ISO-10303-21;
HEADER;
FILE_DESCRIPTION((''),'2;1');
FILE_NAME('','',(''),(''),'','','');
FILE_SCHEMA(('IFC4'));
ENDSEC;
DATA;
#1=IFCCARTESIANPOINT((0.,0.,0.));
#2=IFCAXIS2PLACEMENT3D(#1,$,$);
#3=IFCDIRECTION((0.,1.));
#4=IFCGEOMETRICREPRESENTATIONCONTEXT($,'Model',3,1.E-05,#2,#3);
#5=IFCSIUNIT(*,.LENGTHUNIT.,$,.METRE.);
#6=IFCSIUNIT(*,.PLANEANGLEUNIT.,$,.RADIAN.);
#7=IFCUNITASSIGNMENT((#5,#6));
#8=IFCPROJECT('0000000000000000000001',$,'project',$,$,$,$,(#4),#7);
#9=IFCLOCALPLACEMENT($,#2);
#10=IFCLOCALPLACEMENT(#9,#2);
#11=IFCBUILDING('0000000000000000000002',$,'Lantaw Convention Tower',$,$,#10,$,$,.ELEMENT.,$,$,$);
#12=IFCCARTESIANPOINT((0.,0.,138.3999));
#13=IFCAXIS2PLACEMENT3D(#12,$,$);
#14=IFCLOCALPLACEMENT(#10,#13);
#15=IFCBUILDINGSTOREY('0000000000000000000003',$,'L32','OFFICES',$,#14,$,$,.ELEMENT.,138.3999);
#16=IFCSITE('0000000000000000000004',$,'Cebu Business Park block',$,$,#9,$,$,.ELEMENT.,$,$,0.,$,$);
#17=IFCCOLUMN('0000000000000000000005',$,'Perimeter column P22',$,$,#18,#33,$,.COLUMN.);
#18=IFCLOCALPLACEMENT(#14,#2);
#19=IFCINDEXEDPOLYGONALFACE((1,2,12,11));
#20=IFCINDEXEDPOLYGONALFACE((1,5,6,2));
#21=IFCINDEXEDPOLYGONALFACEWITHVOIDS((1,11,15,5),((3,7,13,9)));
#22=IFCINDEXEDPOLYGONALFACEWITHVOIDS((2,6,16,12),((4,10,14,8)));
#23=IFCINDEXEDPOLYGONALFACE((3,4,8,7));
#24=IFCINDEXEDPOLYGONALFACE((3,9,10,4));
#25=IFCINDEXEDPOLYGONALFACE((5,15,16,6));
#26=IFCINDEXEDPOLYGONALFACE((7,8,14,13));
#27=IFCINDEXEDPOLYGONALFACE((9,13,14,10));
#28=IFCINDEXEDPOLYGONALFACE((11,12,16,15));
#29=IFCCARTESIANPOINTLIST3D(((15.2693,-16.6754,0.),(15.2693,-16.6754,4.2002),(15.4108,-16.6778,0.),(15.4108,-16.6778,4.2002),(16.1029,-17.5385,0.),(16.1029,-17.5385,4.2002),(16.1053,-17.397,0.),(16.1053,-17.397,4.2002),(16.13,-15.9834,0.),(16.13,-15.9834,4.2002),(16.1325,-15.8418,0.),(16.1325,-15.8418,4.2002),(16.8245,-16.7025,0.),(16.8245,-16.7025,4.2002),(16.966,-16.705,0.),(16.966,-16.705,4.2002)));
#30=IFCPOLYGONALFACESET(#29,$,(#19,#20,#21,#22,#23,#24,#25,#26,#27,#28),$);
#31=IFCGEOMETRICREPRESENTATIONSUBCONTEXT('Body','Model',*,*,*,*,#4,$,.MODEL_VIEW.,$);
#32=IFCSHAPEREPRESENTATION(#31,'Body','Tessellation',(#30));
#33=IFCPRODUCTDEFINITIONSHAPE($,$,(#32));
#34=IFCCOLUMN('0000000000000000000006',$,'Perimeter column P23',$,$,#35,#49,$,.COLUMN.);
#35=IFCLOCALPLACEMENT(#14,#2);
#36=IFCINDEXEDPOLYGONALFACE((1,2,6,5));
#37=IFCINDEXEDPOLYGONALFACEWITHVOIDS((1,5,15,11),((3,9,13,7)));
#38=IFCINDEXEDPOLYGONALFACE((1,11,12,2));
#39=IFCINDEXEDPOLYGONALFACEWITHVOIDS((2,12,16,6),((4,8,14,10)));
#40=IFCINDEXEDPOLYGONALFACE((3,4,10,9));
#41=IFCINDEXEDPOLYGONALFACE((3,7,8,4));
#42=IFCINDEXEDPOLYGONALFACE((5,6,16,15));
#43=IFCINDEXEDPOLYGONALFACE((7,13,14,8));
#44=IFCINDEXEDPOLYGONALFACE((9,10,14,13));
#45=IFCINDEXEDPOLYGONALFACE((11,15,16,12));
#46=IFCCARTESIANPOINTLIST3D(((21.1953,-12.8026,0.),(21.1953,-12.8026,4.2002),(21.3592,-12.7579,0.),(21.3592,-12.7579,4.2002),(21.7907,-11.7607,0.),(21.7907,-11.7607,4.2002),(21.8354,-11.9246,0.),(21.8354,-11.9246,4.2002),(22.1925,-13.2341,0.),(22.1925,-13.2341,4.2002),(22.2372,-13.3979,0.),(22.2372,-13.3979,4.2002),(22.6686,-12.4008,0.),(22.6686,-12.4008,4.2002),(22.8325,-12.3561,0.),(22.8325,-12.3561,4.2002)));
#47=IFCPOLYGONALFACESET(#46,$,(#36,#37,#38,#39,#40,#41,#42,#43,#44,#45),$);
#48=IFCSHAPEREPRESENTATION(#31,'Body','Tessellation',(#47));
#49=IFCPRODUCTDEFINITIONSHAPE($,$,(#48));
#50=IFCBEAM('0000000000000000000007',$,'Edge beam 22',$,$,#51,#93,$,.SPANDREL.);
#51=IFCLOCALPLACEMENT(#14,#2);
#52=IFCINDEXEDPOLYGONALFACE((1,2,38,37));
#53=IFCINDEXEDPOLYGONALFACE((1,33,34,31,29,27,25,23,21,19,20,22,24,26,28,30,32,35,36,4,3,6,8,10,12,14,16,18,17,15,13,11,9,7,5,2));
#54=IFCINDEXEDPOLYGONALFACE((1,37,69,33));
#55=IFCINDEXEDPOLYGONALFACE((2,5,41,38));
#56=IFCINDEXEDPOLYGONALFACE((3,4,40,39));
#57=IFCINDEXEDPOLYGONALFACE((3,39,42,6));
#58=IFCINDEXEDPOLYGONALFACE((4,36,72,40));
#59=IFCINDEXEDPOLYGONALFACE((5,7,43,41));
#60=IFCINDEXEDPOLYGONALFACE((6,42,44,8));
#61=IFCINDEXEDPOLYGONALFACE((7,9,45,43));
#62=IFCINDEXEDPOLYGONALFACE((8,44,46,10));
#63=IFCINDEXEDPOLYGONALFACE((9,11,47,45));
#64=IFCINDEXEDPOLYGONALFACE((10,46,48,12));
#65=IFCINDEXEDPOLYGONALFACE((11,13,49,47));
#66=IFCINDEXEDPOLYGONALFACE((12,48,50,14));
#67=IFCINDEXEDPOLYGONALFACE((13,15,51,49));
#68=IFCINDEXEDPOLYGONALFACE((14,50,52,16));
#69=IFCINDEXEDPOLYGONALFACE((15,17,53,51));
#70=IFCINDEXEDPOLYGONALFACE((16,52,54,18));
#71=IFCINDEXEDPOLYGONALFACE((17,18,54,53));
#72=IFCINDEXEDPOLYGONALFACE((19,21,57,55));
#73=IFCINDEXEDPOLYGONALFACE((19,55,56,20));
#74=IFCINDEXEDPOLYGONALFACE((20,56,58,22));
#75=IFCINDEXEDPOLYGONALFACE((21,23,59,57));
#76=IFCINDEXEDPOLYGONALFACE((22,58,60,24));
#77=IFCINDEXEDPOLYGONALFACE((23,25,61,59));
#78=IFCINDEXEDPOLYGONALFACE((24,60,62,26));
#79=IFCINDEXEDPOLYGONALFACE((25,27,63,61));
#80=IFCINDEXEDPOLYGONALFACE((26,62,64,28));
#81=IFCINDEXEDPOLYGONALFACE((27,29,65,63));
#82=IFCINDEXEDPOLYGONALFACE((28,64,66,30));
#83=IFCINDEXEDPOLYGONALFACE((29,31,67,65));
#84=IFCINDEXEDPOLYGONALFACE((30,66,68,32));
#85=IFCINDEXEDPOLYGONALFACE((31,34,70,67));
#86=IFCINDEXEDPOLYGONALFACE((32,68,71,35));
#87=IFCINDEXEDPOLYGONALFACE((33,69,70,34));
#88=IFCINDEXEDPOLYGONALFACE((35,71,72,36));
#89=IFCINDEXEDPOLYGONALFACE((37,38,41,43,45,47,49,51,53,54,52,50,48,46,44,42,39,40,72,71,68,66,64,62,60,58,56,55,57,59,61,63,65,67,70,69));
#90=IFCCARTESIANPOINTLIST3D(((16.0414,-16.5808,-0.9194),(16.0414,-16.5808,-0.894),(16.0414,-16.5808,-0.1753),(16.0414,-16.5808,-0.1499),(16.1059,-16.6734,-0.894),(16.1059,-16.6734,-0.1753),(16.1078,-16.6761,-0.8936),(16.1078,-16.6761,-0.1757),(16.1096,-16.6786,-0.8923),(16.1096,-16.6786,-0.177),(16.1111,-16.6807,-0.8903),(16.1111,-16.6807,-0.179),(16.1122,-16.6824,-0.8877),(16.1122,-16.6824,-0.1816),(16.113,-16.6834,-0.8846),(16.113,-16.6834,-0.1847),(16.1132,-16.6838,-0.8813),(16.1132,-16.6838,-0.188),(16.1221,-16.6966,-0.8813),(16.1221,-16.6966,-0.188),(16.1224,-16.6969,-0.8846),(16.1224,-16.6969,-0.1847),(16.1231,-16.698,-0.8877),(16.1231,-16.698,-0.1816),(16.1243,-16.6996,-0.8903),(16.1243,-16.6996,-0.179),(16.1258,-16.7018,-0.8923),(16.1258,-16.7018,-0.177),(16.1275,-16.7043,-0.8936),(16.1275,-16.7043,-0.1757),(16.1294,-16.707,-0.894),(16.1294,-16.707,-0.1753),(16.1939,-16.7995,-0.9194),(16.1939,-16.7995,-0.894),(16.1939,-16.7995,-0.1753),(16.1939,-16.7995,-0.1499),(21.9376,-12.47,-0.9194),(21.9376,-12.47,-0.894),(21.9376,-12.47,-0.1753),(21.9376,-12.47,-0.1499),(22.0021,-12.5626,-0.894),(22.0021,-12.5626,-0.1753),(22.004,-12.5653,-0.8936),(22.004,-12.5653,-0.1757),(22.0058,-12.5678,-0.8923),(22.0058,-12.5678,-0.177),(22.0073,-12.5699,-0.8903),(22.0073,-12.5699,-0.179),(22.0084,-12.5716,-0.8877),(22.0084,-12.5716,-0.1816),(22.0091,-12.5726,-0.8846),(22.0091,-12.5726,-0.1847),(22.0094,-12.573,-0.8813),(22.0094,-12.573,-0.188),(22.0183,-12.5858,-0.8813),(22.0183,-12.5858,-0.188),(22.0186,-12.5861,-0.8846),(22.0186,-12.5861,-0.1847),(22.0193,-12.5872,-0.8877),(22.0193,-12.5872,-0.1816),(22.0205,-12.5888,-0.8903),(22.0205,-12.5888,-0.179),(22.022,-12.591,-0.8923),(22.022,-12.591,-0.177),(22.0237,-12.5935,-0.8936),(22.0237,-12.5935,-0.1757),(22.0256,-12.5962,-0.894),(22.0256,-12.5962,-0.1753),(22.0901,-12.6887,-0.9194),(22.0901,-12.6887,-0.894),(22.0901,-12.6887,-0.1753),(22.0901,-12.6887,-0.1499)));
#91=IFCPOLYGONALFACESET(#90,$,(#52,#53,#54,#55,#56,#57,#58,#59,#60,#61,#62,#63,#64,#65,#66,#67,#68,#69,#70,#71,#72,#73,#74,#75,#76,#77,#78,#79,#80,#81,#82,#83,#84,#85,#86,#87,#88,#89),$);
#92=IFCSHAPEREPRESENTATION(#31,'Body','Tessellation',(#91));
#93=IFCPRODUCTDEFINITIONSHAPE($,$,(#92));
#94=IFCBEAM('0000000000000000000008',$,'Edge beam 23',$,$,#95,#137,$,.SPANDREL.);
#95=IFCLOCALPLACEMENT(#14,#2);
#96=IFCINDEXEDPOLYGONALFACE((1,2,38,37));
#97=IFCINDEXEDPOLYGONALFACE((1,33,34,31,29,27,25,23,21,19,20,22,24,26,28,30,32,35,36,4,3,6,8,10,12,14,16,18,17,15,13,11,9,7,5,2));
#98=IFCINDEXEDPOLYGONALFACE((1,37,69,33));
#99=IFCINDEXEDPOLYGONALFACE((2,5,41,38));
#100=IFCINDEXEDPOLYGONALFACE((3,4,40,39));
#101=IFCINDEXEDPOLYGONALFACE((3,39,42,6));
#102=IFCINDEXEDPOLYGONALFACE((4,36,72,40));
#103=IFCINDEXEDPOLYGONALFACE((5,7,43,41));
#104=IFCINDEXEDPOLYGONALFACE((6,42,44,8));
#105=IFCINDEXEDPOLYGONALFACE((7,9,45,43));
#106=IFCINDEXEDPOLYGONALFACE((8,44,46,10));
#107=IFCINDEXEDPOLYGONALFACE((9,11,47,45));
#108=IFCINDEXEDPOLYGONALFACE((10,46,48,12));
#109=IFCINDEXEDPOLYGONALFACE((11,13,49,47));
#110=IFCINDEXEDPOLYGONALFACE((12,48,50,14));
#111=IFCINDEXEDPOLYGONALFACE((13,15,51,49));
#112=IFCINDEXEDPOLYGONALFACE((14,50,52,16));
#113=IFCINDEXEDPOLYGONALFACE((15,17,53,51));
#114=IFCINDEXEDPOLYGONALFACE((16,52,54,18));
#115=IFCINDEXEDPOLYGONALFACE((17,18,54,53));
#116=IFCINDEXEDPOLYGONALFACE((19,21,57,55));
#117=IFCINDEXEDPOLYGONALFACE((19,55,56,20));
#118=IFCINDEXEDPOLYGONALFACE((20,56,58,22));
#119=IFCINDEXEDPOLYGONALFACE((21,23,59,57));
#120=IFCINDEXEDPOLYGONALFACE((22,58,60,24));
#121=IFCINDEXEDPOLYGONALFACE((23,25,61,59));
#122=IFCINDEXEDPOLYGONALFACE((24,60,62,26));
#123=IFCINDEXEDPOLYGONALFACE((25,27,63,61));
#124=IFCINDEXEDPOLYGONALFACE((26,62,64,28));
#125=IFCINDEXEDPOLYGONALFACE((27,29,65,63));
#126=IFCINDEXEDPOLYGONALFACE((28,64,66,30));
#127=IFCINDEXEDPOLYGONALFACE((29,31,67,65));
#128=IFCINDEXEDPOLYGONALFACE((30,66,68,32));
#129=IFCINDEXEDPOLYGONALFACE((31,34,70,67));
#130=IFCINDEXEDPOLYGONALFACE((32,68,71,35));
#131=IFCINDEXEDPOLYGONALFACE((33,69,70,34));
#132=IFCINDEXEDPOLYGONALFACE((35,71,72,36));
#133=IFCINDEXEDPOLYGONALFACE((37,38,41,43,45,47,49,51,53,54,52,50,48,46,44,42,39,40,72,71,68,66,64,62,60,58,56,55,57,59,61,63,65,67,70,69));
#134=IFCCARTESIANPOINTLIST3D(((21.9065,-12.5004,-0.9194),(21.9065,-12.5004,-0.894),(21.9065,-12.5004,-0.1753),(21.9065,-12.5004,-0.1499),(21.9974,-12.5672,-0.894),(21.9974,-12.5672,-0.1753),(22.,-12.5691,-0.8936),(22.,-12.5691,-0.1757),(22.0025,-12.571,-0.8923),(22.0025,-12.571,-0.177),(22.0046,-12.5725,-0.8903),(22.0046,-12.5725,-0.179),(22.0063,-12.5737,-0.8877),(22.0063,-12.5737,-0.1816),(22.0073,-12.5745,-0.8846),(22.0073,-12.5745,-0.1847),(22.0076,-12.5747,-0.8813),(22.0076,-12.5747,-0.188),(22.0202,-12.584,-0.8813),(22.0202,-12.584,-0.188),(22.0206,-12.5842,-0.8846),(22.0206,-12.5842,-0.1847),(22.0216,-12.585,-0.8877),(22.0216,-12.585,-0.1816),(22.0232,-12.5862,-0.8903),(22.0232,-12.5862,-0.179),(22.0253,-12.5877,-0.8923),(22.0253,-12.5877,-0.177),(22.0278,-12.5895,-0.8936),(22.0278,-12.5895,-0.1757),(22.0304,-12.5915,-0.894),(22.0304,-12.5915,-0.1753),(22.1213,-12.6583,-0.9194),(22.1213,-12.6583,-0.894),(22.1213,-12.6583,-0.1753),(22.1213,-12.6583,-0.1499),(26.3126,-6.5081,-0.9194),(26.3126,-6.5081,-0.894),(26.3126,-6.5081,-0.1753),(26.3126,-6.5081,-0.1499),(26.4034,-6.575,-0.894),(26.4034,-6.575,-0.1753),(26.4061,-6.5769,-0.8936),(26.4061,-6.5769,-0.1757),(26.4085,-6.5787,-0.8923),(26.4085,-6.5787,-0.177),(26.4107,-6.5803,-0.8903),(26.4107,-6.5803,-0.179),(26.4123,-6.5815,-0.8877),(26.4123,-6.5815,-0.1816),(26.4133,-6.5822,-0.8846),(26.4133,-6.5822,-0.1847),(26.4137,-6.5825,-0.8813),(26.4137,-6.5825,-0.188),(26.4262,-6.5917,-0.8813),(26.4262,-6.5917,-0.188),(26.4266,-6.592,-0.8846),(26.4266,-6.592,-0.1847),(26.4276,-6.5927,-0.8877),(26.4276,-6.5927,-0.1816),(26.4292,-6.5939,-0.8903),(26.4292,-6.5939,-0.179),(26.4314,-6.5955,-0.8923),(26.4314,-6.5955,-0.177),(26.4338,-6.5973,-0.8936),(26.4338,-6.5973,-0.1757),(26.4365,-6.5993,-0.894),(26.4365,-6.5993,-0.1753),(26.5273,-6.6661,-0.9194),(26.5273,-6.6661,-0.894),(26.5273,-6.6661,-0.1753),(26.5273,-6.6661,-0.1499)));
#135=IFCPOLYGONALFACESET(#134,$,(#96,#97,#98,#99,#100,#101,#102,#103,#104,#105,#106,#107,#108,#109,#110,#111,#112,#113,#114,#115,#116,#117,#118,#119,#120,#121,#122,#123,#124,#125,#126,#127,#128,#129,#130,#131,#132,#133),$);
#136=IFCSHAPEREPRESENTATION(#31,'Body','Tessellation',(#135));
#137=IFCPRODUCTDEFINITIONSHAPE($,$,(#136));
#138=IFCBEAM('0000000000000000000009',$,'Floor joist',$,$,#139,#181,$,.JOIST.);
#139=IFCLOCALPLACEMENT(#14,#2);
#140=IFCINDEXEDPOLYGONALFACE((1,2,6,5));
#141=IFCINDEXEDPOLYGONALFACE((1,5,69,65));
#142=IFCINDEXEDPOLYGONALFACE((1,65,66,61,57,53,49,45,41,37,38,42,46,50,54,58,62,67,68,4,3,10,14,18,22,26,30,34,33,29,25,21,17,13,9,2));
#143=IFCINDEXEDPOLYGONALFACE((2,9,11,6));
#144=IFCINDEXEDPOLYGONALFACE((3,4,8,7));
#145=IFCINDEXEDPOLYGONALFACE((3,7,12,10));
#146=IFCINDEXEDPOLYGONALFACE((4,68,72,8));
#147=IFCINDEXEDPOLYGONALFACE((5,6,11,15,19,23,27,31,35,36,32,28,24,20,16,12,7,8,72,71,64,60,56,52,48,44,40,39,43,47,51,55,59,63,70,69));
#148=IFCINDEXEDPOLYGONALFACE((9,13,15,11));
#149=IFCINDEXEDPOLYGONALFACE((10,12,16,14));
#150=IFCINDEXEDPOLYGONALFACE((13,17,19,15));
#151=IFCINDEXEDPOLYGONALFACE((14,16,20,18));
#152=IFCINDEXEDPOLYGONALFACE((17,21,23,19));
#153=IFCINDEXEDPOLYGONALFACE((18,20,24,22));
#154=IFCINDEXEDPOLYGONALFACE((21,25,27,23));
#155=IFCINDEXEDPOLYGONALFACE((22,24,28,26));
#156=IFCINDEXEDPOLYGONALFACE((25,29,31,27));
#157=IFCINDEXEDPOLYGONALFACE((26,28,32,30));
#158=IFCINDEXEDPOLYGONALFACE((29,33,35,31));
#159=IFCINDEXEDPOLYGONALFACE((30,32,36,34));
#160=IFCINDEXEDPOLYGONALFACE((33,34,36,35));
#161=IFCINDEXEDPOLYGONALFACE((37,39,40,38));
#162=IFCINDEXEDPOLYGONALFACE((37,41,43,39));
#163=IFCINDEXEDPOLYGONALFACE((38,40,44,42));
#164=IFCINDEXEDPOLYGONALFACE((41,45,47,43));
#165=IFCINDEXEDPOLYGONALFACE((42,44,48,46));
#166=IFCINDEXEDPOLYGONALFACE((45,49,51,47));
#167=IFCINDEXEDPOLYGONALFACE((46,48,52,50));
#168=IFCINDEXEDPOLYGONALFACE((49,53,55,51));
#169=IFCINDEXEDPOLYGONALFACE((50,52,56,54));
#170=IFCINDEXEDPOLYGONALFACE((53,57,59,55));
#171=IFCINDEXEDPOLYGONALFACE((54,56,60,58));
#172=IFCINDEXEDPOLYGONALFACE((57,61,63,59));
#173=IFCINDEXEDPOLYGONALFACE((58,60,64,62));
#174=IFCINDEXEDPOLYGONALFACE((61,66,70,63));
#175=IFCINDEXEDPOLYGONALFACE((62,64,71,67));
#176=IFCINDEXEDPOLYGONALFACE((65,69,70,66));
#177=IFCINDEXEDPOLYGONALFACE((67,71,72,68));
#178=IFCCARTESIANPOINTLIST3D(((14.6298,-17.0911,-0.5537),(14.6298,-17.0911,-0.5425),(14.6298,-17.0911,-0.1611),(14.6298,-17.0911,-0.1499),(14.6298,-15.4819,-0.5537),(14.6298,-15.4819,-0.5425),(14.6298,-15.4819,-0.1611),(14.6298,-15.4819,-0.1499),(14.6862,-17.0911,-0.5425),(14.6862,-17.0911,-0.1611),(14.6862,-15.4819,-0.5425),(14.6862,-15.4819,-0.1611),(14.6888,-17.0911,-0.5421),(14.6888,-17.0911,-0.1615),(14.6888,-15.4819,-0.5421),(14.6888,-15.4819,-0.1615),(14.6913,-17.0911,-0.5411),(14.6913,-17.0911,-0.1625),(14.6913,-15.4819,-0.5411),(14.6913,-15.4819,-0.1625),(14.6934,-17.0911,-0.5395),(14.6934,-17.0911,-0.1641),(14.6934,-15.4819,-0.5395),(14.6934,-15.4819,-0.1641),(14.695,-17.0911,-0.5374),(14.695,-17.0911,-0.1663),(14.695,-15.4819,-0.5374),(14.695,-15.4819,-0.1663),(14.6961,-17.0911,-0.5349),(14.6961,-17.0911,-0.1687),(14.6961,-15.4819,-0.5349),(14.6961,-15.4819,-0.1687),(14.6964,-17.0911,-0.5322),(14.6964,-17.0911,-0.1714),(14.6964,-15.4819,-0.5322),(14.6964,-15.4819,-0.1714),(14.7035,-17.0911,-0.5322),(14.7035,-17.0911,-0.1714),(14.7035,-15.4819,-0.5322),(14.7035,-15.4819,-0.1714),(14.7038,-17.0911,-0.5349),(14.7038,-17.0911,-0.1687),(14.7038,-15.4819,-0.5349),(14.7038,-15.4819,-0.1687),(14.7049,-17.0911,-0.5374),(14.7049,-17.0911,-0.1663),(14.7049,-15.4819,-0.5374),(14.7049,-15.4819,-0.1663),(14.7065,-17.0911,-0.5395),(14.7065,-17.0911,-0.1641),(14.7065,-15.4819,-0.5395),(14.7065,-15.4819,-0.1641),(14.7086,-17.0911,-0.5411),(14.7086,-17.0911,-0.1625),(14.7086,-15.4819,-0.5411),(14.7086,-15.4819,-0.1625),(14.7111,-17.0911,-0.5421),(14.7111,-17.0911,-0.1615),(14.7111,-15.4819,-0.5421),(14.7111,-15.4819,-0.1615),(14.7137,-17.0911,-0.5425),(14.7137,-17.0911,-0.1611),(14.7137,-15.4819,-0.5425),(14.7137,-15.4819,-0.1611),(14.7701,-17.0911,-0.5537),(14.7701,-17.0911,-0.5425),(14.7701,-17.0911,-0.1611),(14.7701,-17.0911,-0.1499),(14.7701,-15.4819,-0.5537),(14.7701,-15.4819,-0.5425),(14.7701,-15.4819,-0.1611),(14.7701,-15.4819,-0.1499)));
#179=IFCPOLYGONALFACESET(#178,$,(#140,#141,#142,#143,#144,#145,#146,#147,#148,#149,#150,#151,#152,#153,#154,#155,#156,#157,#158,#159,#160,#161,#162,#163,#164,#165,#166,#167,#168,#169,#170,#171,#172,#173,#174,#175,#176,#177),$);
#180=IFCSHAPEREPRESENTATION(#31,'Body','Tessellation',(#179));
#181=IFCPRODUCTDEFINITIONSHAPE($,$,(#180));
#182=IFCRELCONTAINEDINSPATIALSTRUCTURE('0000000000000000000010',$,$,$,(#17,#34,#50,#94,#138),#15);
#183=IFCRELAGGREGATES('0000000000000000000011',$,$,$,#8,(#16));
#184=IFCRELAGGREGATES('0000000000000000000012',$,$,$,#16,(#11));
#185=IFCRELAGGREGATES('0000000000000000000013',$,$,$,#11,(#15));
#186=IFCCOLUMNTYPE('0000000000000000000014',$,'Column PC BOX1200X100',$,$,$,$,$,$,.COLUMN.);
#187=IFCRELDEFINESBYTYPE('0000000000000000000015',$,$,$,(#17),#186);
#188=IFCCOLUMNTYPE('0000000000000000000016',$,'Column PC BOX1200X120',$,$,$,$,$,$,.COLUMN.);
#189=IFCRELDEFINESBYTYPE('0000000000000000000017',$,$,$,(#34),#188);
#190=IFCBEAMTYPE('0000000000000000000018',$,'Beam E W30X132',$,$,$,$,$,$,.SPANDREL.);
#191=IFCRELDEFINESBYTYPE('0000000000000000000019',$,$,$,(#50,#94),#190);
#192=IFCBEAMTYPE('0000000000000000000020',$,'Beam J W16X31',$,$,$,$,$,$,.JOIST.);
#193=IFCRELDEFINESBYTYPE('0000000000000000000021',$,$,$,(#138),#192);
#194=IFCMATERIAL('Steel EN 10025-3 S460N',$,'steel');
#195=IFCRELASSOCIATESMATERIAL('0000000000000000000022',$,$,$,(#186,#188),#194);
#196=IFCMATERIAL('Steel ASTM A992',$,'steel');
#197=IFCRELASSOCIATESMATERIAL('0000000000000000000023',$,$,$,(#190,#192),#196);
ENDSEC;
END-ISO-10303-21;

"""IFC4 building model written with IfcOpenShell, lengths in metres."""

from ifc_helpers import new_model, si_unit, direction, frame, origin, origin_2d, place, context, subcontext, project, spatial, rectangle, hollow_rectangle, i_section, extrude, material, material_profile, profile_set, type_object, element, save


model = new_model("IFC4")

# Units and contexts
model_context = context("Model", 3, precision=1e-05, world=origin(), true_north=direction((0.0, 1.0)))
body_context = subcontext(model_context, "Body", "Model", "MODEL_VIEW")
ifc_project = project(units=[si_unit("LENGTHUNIT", "METRE"), si_unit("PLANEANGLEUNIT", "RADIAN")], contexts=[model_context])

# Site, building, storey
site_placement = place(None, origin())
site = spatial("IfcSite", under=ifc_project, at=site_placement, Name="Cebu Business Park block", CompositionType="ELEMENT", RefElevation=0.0)
building_placement = place(site_placement, origin())
building = spatial("IfcBuilding", under=site, at=building_placement, Name="Lantaw Convention Tower", CompositionType="ELEMENT")
storey_placement = place(building_placement, frame((0.0, 0.0, 138.3999)))
storey = spatial("IfcBuildingStorey", under=building, at=storey_placement, Name="L32", Description="OFFICES", CompositionType="ELEMENT", Elevation=138.3999)

# Columns
ifc_material_1 = material(Name="Steel EN 10025-3 S460N", Category="steel")
ifc_material_profile_1 = material_profile(ifc_material_1, hollow_rectangle(XDim=1.2, YDim=1.2, WallThickness=0.1001, at=origin_2d()), Name="BOX1200X100")
ifc_material_2 = material(Name="Concrete C60/75", Category="concrete")
ifc_material_profile_2 = material_profile(ifc_material_2, rectangle(XDim=1.0, YDim=1.0, at=origin_2d()), Name="Concrete fill of BOX1200X100")
ifc_profile_set_1 = profile_set([ifc_material_profile_1, ifc_material_profile_2], Name="Steel EN 10025-3 S460N")
column_type_1 = type_object("IfcColumnType", Name="Column PC BOX1200X100", PredefinedType="COLUMN", material=ifc_profile_set_1)
column_1_placement = place(storey_placement, frame((16.1177, -16.6902, 0.0), z_axis=(0.0, 0.0, 1.0), x_axis=(0.71934, 0.694658, 0.0)))
element("IfcColumn", 1, at=column_1_placement, inside=storey, type_object=column_type_1, Name="Perimeter column P22", PredefinedType="COLUMN", context=body_context, shape_type="SweptSolid", body=[
    extrude(hollow_rectangle(XDim=1.2, YDim=1.2, WallThickness=0.1001, at=origin_2d()), origin(), (0.0, 0.0, 1.0), 4.2002),
])
ifc_material_profile_3 = material_profile(ifc_material_1, hollow_rectangle(XDim=1.2, YDim=1.2, WallThickness=0.1201, at=origin_2d()), Name="BOX1200X120")
ifc_material_profile_4 = material_profile(ifc_material_2, rectangle(XDim=0.96, YDim=0.96, at=origin_2d()), Name="Concrete fill of BOX1200X120")
ifc_profile_set_2 = profile_set([ifc_material_profile_3, ifc_material_profile_4], Name="Steel EN 10025-3 S460N")
column_type_2 = type_object("IfcColumnType", Name="Column PC BOX1200X120", PredefinedType="COLUMN", material=ifc_profile_set_2)
column_2_placement = place(storey_placement, frame((22.0139, -12.5793, 0.0), z_axis=(0.0, 0.0, 1.0), x_axis=(0.496139, 0.868243, 0.0)))
element("IfcColumn", 2, at=column_2_placement, inside=storey, type_object=column_type_2, Name="Perimeter column P23", PredefinedType="COLUMN", context=body_context, shape_type="SweptSolid", body=[
    extrude(hollow_rectangle(XDim=1.2, YDim=1.2, WallThickness=0.1201, at=origin_2d()), origin(), (0.0, 0.0, 1.0), 4.2002),
])

# Beams
ifc_material_3 = material(Name="Steel ASTM A992", Category="steel")
ifc_material_profile_5 = material_profile(ifc_material_3, i_section(OverallWidth=0.2666, OverallDepth=0.7695, WebThickness=0.0156, FlangeThickness=0.0254, FilletRadius=0.0127, at=origin_2d()), Name="W30X132")
ifc_profile_set_3 = profile_set([ifc_material_profile_5], Name="Steel ASTM A992")
beam_type_1 = type_object("IfcBeamType", Name="Beam E W30X132", PredefinedType="SPANDREL", material=ifc_profile_set_3)
beam_1_placement = place(storey_placement, frame((16.1177, -16.6902, -0.5347), z_axis=(0.820311, 0.571918, 0.0), x_axis=(-0.571918, 0.820311, 0.0)))
element("IfcBeam", 3, at=beam_1_placement, inside=storey, type_object=beam_type_1, Name="Edge beam 22", PredefinedType="SPANDREL", context=body_context, shape_type="SweptSolid", body=[
    extrude(i_section(OverallWidth=0.2666, OverallDepth=0.7695, WebThickness=0.0156, FlangeThickness=0.0254, FilletRadius=0.0127, at=origin_2d()), origin(), (0.0, 0.0, 1.0), 7.1877),
])
beam_2_placement = place(storey_placement, frame((22.0139, -12.5793, -0.5347), z_axis=(0.592389, 0.805652, 0.0), x_axis=(-0.805652, 0.592389, 0.0)))
element("IfcBeam", 4, at=beam_2_placement, inside=storey, type_object=beam_type_1, Name="Edge beam 23", PredefinedType="SPANDREL", context=body_context, shape_type="SweptSolid", body=[
    extrude(i_section(OverallWidth=0.2666, OverallDepth=0.7695, WebThickness=0.0156, FlangeThickness=0.0254, FilletRadius=0.0127, at=origin_2d()), origin(), (0.0, 0.0, 1.0), 7.4377),
])
ifc_material_profile_6 = material_profile(ifc_material_3, i_section(OverallWidth=0.1404, OverallDepth=0.4038, WebThickness=0.0071, FlangeThickness=0.0112, FilletRadius=0.0103, at=origin_2d()), Name="W16X31")
ifc_profile_set_4 = profile_set([ifc_material_profile_6], Name="Steel ASTM A992")
beam_type_2 = type_object("IfcBeamType", Name="Beam J W16X31", PredefinedType="JOIST", material=ifc_profile_set_4)
beam_3_placement = place(storey_placement, frame((14.7, -17.0911, -0.3518), z_axis=(0.0, 1.0, 0.0), x_axis=(-1.0, 0.0, 0.0)))
element("IfcBeam", 5, at=beam_3_placement, inside=storey, type_object=beam_type_2, Name="Floor joist", PredefinedType="JOIST", context=body_context, shape_type="SweptSolid", body=[
    extrude(i_section(OverallWidth=0.1404, OverallDepth=0.4038, WebThickness=0.0071, FlangeThickness=0.0112, FilletRadius=0.0103, at=origin_2d()), origin(), (0.0, 0.0, 1.0), 1.6091),
])

save(model, "model.ifc")
